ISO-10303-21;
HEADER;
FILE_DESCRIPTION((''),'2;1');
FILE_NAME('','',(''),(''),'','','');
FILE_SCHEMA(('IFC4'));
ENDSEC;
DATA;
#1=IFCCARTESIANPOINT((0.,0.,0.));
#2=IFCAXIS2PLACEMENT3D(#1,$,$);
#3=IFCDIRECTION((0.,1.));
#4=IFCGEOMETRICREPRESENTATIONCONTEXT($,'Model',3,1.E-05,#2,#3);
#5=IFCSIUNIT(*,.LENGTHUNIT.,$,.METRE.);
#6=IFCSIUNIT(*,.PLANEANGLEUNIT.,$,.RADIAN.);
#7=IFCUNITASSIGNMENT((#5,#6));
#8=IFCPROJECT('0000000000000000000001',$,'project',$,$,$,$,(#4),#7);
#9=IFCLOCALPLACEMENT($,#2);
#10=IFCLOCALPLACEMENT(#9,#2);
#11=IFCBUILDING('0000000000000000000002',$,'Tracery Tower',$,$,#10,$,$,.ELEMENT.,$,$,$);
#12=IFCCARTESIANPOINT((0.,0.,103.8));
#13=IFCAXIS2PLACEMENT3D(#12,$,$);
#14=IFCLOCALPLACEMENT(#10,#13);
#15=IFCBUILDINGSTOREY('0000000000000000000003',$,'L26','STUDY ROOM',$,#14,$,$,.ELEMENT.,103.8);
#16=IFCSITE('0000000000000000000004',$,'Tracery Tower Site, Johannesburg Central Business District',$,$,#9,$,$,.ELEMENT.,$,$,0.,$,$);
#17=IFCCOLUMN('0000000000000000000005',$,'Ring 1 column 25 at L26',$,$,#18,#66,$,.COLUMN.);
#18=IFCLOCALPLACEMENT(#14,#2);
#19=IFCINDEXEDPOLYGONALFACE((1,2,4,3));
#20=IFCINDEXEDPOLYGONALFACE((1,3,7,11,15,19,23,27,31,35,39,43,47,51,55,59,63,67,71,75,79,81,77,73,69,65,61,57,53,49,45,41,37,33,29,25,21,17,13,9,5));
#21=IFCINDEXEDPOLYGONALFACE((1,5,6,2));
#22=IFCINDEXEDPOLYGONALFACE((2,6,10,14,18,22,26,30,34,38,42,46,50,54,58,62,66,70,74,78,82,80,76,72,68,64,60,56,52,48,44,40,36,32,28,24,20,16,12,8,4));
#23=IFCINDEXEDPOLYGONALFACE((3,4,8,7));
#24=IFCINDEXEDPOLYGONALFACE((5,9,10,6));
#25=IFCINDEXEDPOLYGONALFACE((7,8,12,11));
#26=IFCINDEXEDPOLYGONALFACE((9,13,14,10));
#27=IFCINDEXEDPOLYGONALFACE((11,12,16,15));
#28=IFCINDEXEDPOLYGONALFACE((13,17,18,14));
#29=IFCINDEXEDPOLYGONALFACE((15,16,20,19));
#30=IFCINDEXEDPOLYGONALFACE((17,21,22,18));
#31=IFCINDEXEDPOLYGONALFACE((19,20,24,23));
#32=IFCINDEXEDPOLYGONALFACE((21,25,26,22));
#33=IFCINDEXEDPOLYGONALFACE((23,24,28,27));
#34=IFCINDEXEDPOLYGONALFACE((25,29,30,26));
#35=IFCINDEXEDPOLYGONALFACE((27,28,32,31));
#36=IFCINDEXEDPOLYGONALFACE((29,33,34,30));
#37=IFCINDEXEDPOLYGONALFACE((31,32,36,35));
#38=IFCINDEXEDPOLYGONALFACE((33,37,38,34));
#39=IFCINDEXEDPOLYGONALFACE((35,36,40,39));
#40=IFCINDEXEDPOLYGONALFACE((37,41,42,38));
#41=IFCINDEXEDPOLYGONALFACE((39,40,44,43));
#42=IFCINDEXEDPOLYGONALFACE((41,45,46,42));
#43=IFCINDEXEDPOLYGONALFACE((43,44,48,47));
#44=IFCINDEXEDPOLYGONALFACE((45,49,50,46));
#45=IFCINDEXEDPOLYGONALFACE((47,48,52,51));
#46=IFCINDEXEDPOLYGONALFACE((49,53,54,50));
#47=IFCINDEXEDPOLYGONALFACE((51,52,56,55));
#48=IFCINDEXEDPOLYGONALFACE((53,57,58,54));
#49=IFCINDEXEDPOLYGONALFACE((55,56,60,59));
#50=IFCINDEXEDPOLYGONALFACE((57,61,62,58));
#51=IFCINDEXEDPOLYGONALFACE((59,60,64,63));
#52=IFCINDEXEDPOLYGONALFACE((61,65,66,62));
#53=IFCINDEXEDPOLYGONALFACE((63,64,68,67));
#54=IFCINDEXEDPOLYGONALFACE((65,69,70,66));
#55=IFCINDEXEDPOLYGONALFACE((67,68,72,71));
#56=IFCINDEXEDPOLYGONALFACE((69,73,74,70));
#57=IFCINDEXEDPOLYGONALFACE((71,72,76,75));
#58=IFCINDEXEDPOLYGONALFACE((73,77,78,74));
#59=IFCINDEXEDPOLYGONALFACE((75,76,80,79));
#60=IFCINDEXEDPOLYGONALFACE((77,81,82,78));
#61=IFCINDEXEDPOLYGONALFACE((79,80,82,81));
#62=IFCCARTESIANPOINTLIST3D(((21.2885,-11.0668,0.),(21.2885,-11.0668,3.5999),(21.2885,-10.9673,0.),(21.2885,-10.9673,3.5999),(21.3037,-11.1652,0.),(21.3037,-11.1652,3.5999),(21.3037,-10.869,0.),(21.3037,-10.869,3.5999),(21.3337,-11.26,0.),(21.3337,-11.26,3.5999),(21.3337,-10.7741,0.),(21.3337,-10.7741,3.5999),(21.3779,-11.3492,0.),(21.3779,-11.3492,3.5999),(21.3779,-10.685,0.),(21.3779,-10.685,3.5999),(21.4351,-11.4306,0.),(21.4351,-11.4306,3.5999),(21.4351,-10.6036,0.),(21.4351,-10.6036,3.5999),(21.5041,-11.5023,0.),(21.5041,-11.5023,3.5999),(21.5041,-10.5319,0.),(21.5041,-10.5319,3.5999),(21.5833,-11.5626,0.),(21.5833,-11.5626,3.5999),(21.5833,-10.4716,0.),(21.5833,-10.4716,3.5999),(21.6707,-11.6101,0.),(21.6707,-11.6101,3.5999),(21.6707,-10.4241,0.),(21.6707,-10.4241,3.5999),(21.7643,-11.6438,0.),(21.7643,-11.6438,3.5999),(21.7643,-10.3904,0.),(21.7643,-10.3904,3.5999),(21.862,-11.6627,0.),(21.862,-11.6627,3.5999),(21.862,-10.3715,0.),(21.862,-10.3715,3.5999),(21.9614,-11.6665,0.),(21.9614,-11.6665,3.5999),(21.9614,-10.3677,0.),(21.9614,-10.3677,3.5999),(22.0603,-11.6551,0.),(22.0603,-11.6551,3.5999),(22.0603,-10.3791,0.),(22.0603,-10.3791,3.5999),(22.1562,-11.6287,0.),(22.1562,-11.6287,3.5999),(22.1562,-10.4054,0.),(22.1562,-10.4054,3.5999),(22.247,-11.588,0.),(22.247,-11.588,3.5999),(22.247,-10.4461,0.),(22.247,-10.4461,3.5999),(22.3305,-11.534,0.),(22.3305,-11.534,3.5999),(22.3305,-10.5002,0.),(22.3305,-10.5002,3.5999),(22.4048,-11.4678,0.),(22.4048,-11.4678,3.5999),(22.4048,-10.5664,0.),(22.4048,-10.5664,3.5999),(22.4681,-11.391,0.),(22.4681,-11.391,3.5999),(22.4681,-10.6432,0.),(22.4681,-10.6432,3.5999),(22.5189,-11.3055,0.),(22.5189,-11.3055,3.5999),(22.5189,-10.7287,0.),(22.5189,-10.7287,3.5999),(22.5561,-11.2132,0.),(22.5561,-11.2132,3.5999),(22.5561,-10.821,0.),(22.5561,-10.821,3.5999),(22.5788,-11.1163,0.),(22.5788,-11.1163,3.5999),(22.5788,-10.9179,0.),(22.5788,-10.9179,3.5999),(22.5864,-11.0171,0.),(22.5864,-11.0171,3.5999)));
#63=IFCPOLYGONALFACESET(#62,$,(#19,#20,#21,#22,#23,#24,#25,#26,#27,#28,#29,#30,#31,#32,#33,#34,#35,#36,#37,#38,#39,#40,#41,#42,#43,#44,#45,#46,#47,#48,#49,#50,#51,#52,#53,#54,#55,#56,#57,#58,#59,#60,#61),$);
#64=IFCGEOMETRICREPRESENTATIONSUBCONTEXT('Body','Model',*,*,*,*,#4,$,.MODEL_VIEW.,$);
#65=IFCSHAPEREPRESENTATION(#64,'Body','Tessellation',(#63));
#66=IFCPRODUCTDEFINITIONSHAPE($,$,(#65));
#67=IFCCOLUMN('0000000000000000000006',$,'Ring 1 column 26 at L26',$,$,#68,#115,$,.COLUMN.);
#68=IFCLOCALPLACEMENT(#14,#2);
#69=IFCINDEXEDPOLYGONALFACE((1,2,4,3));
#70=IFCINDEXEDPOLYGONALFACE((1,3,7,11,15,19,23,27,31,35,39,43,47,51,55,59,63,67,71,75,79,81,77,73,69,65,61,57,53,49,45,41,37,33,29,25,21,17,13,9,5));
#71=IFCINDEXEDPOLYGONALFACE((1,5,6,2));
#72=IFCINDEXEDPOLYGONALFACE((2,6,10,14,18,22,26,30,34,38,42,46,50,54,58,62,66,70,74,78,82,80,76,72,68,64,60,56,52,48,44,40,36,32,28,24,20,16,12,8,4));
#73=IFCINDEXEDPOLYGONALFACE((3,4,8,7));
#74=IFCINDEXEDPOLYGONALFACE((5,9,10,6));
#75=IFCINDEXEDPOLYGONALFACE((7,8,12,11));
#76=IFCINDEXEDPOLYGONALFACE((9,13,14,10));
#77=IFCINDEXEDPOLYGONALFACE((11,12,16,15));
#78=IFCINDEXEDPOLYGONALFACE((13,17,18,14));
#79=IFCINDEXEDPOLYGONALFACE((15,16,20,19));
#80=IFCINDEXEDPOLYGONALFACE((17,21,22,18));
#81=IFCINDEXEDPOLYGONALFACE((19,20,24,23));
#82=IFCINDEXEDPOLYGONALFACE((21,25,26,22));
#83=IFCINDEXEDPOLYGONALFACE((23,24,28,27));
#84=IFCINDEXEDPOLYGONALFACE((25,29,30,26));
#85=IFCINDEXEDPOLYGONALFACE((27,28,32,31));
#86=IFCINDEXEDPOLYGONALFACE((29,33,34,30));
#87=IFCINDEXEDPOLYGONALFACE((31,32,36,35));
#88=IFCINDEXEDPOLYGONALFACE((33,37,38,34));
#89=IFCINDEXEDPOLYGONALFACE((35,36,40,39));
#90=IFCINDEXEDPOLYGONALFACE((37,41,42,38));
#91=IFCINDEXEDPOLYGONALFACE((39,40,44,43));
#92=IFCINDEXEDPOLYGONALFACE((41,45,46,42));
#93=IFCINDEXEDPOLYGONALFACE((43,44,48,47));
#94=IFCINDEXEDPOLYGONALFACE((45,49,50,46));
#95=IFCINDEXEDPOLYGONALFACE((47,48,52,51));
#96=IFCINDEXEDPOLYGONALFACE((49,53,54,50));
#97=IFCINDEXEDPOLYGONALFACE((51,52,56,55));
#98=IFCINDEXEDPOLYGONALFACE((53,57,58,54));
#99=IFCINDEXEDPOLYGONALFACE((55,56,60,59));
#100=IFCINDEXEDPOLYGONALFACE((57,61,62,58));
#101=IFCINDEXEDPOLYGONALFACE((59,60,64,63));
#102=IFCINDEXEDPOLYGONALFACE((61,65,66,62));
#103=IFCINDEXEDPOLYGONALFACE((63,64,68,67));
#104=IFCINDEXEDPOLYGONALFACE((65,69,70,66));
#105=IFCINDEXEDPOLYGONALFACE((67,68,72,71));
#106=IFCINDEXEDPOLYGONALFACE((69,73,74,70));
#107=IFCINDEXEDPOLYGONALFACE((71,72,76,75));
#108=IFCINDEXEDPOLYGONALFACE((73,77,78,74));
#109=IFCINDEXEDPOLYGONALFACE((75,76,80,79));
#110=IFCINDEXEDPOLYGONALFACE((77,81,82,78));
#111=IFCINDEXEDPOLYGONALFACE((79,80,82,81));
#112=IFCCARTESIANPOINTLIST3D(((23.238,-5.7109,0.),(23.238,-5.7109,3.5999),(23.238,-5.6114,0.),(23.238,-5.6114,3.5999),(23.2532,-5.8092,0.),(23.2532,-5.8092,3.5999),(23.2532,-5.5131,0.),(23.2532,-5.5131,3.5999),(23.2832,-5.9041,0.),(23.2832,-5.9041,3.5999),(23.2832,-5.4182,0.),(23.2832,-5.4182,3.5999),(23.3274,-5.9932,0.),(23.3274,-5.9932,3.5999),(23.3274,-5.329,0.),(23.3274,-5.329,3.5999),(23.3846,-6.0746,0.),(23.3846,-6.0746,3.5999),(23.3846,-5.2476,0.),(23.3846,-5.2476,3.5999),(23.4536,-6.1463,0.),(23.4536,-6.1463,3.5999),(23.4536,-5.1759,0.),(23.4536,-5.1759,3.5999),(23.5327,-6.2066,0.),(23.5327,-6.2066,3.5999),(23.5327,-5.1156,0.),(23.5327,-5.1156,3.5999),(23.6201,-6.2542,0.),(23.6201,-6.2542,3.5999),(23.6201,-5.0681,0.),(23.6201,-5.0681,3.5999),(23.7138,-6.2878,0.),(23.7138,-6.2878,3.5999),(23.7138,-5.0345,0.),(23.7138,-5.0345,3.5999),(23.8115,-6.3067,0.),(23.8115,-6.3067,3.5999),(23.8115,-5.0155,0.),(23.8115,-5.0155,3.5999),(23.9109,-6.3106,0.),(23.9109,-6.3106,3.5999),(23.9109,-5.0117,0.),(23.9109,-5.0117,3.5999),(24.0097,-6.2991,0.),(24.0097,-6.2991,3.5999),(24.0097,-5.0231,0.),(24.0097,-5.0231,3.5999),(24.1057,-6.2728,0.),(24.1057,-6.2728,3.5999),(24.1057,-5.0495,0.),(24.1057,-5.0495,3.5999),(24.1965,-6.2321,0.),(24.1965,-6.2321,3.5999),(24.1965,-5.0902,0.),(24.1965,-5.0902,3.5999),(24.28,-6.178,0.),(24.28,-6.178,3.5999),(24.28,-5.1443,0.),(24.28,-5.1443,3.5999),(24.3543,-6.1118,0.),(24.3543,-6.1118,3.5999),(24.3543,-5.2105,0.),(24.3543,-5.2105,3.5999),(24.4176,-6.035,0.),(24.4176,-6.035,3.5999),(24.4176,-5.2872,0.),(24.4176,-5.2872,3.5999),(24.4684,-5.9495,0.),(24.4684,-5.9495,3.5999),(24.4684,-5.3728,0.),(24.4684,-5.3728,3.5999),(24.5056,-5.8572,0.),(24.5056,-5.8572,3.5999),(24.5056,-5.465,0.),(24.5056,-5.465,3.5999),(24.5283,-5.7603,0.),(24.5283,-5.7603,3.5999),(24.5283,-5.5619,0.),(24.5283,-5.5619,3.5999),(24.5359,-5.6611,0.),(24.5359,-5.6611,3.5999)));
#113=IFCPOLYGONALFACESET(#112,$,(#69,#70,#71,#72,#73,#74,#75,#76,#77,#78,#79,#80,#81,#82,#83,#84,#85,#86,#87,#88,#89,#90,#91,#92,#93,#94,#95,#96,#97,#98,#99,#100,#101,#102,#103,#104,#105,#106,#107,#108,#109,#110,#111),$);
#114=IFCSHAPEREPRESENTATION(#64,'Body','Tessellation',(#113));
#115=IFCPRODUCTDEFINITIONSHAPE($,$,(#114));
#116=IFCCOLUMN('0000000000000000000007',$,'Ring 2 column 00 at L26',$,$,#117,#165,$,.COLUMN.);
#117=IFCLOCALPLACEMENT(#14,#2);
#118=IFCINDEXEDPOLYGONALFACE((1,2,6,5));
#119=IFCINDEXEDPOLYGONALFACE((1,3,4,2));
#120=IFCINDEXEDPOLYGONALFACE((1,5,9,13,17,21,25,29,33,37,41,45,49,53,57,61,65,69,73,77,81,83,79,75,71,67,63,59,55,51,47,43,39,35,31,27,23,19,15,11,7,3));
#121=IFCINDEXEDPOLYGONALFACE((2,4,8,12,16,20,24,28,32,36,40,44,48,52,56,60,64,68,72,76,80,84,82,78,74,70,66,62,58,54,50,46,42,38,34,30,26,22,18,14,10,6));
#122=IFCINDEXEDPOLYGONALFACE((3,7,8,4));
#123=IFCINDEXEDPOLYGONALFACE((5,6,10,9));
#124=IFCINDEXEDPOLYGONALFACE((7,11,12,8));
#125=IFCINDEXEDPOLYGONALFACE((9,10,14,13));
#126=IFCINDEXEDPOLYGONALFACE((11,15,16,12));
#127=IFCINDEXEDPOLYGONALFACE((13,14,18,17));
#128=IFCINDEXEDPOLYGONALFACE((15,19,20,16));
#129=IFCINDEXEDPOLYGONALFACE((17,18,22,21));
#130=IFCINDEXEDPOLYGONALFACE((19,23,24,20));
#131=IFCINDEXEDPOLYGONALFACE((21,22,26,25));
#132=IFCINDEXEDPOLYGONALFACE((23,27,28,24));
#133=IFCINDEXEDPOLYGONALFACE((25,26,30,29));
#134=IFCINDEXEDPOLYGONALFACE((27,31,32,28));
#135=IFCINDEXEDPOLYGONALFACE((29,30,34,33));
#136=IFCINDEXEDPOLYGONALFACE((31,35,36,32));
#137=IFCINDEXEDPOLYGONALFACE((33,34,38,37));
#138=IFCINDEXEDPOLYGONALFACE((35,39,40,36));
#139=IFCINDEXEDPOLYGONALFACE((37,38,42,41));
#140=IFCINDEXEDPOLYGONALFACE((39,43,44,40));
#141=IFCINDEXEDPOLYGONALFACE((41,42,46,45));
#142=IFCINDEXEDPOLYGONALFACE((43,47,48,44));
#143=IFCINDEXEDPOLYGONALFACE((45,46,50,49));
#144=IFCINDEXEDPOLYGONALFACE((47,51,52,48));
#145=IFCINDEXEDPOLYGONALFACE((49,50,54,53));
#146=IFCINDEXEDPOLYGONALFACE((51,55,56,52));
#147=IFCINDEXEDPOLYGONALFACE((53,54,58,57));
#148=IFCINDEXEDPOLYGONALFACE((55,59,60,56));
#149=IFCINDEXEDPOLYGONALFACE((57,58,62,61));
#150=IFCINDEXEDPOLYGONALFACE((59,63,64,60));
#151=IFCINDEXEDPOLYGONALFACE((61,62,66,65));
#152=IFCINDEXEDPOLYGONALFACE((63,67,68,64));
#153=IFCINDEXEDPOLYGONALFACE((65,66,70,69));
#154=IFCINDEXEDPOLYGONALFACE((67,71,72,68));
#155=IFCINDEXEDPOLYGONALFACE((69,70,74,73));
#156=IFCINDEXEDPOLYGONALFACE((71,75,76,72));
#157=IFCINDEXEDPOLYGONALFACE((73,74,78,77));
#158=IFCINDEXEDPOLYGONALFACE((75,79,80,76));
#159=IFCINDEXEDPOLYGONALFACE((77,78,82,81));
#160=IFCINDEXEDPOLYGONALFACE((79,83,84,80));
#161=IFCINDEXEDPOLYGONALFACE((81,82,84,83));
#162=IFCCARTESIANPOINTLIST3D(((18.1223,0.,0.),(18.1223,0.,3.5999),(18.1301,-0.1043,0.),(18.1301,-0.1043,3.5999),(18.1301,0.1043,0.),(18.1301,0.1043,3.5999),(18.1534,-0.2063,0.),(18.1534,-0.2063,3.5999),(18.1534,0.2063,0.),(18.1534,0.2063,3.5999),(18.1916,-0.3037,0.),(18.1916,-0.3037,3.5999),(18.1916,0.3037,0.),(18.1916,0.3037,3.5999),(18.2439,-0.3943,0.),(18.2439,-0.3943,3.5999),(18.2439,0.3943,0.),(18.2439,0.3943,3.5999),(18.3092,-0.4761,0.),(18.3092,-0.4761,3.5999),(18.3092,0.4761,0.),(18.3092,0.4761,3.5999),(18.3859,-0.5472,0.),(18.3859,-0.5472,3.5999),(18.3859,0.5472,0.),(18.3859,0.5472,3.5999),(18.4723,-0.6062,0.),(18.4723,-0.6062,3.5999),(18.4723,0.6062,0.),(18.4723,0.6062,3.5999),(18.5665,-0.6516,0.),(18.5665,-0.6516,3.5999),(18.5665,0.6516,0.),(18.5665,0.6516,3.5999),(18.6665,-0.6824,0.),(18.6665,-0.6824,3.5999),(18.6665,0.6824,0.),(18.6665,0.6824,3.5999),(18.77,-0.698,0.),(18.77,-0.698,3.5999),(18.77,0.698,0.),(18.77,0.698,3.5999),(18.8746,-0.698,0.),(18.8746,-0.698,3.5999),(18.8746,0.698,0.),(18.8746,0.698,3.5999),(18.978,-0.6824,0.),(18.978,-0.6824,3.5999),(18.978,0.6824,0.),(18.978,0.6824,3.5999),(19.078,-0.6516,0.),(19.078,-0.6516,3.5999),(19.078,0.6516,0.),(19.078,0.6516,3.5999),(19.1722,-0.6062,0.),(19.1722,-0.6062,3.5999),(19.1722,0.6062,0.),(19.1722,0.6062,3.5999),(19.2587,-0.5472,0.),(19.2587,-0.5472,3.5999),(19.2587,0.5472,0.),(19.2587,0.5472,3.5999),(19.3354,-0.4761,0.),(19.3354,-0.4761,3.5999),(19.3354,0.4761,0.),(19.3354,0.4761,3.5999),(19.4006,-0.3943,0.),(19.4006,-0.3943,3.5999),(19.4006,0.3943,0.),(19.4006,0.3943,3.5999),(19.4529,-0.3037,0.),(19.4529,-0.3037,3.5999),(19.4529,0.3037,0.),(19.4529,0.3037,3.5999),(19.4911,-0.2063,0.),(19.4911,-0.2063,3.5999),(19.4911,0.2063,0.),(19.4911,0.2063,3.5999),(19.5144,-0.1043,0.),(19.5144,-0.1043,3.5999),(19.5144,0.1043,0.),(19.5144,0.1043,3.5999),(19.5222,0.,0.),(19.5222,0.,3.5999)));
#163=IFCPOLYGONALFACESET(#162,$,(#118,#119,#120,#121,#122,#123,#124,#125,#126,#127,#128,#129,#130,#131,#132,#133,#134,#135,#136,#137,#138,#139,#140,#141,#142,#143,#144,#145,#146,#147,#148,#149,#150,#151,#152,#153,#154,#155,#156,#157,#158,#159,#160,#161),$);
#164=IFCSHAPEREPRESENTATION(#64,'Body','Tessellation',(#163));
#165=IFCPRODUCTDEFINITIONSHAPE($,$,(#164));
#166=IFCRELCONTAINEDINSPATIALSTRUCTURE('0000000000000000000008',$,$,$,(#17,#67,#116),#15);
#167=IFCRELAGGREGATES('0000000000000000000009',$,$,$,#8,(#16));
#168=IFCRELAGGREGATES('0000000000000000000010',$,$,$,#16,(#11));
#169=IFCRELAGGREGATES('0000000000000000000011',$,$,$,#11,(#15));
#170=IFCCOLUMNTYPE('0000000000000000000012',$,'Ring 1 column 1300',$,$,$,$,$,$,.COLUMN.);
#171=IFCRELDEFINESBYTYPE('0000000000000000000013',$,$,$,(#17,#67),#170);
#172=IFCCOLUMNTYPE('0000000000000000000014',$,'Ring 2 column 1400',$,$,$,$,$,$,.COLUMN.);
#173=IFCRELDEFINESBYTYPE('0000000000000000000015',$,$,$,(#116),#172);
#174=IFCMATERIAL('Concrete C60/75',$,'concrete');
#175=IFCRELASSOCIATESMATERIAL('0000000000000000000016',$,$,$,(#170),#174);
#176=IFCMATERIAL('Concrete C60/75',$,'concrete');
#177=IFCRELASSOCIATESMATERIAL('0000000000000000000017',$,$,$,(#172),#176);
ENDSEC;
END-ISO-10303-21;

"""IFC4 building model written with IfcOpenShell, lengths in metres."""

from ifc_helpers import new_model, si_unit, direction, frame, origin, origin_2d, place, context, subcontext, project, spatial, circle, extrude, material, material_profile, profile_set, type_object, element, save


model = new_model("IFC4")

# Units and contexts
model_context = context("Model", 3, precision=1e-05, world=origin(), true_north=direction((0.0, 1.0)))
body_context = subcontext(model_context, "Body", "Model", "MODEL_VIEW")
ifc_project = project(units=[si_unit("LENGTHUNIT", "METRE"), si_unit("PLANEANGLEUNIT", "RADIAN")], contexts=[model_context])

# Site, building, storey
site_placement = place(None, origin())
site = spatial("IfcSite", under=ifc_project, at=site_placement, Name="Tracery Tower Site, Johannesburg Central Business District", CompositionType="ELEMENT", RefElevation=0.0)
building_placement = place(site_placement, origin())
building = spatial("IfcBuilding", under=site, at=building_placement, Name="Tracery Tower", CompositionType="ELEMENT")
storey_placement = place(building_placement, frame((0.0, 0.0, 103.8)))
storey = spatial("IfcBuildingStorey", under=building, at=storey_placement, Name="L26", Description="STUDY ROOM", CompositionType="ELEMENT", Elevation=103.8)

# Columns
ifc_material_1 = material(Name="Concrete C60/75", Category="concrete")
ifc_material_profile_1 = material_profile(ifc_material_1, circle(Radius=0.6499, at=origin_2d()), Name="RC D1300")
ifc_profile_set_1 = profile_set([ifc_material_profile_1], Name="Concrete C60/75")
column_type_1 = type_object("IfcColumnType", Name="Ring 1 column 1300", PredefinedType="COLUMN", material=ifc_profile_set_1)
for number, where, z_axis, x_axis, name in (
    (1, (21.9365, -11.0171, 0.0), (0.0, 0.0, 1.0), (1.0, 0.0, 0.0), "Ring 1 column 25 at L26"),
    (2, (23.886, -5.6611, 0.0), (0.0, 0.0, 1.0), (1.0, 0.0, 0.0), "Ring 1 column 26 at L26"),
):
    element("IfcColumn", number, at=place(storey_placement, frame(where, z_axis=z_axis, x_axis=x_axis)), inside=storey, type_object=column_type_1, Name=name, PredefinedType="COLUMN", context=body_context, shape_type="SweptSolid", body=[
        extrude(circle(Radius=0.6499, at=origin_2d()), origin(), (0.0, 0.0, 1.0), 3.5999),
    ])
ifc_material_2 = material(Name="Concrete C60/75", Category="concrete")
ifc_material_profile_2 = material_profile(ifc_material_2, circle(Radius=0.7, at=origin_2d()), Name="RC D1400")
ifc_profile_set_2 = profile_set([ifc_material_profile_2], Name="Concrete C60/75")
column_type_2 = type_object("IfcColumnType", Name="Ring 2 column 1400", PredefinedType="COLUMN", material=ifc_profile_set_2)
for number, where, z_axis, x_axis, name in (
    (3, (18.8223, 0.0, 0.0), (0.0, 0.0, 1.0), (1.0, 0.0, 0.0), "Ring 2 column 00 at L26"),
):
    element("IfcColumn", number, at=place(storey_placement, frame(where, z_axis=z_axis, x_axis=x_axis)), inside=storey, type_object=column_type_2, Name=name, PredefinedType="COLUMN", context=body_context, shape_type="SweptSolid", body=[
        extrude(circle(Radius=0.7, at=origin_2d()), origin(), (0.0, 0.0, 1.0), 3.5999),
    ])

save(model, "model.ifc")
